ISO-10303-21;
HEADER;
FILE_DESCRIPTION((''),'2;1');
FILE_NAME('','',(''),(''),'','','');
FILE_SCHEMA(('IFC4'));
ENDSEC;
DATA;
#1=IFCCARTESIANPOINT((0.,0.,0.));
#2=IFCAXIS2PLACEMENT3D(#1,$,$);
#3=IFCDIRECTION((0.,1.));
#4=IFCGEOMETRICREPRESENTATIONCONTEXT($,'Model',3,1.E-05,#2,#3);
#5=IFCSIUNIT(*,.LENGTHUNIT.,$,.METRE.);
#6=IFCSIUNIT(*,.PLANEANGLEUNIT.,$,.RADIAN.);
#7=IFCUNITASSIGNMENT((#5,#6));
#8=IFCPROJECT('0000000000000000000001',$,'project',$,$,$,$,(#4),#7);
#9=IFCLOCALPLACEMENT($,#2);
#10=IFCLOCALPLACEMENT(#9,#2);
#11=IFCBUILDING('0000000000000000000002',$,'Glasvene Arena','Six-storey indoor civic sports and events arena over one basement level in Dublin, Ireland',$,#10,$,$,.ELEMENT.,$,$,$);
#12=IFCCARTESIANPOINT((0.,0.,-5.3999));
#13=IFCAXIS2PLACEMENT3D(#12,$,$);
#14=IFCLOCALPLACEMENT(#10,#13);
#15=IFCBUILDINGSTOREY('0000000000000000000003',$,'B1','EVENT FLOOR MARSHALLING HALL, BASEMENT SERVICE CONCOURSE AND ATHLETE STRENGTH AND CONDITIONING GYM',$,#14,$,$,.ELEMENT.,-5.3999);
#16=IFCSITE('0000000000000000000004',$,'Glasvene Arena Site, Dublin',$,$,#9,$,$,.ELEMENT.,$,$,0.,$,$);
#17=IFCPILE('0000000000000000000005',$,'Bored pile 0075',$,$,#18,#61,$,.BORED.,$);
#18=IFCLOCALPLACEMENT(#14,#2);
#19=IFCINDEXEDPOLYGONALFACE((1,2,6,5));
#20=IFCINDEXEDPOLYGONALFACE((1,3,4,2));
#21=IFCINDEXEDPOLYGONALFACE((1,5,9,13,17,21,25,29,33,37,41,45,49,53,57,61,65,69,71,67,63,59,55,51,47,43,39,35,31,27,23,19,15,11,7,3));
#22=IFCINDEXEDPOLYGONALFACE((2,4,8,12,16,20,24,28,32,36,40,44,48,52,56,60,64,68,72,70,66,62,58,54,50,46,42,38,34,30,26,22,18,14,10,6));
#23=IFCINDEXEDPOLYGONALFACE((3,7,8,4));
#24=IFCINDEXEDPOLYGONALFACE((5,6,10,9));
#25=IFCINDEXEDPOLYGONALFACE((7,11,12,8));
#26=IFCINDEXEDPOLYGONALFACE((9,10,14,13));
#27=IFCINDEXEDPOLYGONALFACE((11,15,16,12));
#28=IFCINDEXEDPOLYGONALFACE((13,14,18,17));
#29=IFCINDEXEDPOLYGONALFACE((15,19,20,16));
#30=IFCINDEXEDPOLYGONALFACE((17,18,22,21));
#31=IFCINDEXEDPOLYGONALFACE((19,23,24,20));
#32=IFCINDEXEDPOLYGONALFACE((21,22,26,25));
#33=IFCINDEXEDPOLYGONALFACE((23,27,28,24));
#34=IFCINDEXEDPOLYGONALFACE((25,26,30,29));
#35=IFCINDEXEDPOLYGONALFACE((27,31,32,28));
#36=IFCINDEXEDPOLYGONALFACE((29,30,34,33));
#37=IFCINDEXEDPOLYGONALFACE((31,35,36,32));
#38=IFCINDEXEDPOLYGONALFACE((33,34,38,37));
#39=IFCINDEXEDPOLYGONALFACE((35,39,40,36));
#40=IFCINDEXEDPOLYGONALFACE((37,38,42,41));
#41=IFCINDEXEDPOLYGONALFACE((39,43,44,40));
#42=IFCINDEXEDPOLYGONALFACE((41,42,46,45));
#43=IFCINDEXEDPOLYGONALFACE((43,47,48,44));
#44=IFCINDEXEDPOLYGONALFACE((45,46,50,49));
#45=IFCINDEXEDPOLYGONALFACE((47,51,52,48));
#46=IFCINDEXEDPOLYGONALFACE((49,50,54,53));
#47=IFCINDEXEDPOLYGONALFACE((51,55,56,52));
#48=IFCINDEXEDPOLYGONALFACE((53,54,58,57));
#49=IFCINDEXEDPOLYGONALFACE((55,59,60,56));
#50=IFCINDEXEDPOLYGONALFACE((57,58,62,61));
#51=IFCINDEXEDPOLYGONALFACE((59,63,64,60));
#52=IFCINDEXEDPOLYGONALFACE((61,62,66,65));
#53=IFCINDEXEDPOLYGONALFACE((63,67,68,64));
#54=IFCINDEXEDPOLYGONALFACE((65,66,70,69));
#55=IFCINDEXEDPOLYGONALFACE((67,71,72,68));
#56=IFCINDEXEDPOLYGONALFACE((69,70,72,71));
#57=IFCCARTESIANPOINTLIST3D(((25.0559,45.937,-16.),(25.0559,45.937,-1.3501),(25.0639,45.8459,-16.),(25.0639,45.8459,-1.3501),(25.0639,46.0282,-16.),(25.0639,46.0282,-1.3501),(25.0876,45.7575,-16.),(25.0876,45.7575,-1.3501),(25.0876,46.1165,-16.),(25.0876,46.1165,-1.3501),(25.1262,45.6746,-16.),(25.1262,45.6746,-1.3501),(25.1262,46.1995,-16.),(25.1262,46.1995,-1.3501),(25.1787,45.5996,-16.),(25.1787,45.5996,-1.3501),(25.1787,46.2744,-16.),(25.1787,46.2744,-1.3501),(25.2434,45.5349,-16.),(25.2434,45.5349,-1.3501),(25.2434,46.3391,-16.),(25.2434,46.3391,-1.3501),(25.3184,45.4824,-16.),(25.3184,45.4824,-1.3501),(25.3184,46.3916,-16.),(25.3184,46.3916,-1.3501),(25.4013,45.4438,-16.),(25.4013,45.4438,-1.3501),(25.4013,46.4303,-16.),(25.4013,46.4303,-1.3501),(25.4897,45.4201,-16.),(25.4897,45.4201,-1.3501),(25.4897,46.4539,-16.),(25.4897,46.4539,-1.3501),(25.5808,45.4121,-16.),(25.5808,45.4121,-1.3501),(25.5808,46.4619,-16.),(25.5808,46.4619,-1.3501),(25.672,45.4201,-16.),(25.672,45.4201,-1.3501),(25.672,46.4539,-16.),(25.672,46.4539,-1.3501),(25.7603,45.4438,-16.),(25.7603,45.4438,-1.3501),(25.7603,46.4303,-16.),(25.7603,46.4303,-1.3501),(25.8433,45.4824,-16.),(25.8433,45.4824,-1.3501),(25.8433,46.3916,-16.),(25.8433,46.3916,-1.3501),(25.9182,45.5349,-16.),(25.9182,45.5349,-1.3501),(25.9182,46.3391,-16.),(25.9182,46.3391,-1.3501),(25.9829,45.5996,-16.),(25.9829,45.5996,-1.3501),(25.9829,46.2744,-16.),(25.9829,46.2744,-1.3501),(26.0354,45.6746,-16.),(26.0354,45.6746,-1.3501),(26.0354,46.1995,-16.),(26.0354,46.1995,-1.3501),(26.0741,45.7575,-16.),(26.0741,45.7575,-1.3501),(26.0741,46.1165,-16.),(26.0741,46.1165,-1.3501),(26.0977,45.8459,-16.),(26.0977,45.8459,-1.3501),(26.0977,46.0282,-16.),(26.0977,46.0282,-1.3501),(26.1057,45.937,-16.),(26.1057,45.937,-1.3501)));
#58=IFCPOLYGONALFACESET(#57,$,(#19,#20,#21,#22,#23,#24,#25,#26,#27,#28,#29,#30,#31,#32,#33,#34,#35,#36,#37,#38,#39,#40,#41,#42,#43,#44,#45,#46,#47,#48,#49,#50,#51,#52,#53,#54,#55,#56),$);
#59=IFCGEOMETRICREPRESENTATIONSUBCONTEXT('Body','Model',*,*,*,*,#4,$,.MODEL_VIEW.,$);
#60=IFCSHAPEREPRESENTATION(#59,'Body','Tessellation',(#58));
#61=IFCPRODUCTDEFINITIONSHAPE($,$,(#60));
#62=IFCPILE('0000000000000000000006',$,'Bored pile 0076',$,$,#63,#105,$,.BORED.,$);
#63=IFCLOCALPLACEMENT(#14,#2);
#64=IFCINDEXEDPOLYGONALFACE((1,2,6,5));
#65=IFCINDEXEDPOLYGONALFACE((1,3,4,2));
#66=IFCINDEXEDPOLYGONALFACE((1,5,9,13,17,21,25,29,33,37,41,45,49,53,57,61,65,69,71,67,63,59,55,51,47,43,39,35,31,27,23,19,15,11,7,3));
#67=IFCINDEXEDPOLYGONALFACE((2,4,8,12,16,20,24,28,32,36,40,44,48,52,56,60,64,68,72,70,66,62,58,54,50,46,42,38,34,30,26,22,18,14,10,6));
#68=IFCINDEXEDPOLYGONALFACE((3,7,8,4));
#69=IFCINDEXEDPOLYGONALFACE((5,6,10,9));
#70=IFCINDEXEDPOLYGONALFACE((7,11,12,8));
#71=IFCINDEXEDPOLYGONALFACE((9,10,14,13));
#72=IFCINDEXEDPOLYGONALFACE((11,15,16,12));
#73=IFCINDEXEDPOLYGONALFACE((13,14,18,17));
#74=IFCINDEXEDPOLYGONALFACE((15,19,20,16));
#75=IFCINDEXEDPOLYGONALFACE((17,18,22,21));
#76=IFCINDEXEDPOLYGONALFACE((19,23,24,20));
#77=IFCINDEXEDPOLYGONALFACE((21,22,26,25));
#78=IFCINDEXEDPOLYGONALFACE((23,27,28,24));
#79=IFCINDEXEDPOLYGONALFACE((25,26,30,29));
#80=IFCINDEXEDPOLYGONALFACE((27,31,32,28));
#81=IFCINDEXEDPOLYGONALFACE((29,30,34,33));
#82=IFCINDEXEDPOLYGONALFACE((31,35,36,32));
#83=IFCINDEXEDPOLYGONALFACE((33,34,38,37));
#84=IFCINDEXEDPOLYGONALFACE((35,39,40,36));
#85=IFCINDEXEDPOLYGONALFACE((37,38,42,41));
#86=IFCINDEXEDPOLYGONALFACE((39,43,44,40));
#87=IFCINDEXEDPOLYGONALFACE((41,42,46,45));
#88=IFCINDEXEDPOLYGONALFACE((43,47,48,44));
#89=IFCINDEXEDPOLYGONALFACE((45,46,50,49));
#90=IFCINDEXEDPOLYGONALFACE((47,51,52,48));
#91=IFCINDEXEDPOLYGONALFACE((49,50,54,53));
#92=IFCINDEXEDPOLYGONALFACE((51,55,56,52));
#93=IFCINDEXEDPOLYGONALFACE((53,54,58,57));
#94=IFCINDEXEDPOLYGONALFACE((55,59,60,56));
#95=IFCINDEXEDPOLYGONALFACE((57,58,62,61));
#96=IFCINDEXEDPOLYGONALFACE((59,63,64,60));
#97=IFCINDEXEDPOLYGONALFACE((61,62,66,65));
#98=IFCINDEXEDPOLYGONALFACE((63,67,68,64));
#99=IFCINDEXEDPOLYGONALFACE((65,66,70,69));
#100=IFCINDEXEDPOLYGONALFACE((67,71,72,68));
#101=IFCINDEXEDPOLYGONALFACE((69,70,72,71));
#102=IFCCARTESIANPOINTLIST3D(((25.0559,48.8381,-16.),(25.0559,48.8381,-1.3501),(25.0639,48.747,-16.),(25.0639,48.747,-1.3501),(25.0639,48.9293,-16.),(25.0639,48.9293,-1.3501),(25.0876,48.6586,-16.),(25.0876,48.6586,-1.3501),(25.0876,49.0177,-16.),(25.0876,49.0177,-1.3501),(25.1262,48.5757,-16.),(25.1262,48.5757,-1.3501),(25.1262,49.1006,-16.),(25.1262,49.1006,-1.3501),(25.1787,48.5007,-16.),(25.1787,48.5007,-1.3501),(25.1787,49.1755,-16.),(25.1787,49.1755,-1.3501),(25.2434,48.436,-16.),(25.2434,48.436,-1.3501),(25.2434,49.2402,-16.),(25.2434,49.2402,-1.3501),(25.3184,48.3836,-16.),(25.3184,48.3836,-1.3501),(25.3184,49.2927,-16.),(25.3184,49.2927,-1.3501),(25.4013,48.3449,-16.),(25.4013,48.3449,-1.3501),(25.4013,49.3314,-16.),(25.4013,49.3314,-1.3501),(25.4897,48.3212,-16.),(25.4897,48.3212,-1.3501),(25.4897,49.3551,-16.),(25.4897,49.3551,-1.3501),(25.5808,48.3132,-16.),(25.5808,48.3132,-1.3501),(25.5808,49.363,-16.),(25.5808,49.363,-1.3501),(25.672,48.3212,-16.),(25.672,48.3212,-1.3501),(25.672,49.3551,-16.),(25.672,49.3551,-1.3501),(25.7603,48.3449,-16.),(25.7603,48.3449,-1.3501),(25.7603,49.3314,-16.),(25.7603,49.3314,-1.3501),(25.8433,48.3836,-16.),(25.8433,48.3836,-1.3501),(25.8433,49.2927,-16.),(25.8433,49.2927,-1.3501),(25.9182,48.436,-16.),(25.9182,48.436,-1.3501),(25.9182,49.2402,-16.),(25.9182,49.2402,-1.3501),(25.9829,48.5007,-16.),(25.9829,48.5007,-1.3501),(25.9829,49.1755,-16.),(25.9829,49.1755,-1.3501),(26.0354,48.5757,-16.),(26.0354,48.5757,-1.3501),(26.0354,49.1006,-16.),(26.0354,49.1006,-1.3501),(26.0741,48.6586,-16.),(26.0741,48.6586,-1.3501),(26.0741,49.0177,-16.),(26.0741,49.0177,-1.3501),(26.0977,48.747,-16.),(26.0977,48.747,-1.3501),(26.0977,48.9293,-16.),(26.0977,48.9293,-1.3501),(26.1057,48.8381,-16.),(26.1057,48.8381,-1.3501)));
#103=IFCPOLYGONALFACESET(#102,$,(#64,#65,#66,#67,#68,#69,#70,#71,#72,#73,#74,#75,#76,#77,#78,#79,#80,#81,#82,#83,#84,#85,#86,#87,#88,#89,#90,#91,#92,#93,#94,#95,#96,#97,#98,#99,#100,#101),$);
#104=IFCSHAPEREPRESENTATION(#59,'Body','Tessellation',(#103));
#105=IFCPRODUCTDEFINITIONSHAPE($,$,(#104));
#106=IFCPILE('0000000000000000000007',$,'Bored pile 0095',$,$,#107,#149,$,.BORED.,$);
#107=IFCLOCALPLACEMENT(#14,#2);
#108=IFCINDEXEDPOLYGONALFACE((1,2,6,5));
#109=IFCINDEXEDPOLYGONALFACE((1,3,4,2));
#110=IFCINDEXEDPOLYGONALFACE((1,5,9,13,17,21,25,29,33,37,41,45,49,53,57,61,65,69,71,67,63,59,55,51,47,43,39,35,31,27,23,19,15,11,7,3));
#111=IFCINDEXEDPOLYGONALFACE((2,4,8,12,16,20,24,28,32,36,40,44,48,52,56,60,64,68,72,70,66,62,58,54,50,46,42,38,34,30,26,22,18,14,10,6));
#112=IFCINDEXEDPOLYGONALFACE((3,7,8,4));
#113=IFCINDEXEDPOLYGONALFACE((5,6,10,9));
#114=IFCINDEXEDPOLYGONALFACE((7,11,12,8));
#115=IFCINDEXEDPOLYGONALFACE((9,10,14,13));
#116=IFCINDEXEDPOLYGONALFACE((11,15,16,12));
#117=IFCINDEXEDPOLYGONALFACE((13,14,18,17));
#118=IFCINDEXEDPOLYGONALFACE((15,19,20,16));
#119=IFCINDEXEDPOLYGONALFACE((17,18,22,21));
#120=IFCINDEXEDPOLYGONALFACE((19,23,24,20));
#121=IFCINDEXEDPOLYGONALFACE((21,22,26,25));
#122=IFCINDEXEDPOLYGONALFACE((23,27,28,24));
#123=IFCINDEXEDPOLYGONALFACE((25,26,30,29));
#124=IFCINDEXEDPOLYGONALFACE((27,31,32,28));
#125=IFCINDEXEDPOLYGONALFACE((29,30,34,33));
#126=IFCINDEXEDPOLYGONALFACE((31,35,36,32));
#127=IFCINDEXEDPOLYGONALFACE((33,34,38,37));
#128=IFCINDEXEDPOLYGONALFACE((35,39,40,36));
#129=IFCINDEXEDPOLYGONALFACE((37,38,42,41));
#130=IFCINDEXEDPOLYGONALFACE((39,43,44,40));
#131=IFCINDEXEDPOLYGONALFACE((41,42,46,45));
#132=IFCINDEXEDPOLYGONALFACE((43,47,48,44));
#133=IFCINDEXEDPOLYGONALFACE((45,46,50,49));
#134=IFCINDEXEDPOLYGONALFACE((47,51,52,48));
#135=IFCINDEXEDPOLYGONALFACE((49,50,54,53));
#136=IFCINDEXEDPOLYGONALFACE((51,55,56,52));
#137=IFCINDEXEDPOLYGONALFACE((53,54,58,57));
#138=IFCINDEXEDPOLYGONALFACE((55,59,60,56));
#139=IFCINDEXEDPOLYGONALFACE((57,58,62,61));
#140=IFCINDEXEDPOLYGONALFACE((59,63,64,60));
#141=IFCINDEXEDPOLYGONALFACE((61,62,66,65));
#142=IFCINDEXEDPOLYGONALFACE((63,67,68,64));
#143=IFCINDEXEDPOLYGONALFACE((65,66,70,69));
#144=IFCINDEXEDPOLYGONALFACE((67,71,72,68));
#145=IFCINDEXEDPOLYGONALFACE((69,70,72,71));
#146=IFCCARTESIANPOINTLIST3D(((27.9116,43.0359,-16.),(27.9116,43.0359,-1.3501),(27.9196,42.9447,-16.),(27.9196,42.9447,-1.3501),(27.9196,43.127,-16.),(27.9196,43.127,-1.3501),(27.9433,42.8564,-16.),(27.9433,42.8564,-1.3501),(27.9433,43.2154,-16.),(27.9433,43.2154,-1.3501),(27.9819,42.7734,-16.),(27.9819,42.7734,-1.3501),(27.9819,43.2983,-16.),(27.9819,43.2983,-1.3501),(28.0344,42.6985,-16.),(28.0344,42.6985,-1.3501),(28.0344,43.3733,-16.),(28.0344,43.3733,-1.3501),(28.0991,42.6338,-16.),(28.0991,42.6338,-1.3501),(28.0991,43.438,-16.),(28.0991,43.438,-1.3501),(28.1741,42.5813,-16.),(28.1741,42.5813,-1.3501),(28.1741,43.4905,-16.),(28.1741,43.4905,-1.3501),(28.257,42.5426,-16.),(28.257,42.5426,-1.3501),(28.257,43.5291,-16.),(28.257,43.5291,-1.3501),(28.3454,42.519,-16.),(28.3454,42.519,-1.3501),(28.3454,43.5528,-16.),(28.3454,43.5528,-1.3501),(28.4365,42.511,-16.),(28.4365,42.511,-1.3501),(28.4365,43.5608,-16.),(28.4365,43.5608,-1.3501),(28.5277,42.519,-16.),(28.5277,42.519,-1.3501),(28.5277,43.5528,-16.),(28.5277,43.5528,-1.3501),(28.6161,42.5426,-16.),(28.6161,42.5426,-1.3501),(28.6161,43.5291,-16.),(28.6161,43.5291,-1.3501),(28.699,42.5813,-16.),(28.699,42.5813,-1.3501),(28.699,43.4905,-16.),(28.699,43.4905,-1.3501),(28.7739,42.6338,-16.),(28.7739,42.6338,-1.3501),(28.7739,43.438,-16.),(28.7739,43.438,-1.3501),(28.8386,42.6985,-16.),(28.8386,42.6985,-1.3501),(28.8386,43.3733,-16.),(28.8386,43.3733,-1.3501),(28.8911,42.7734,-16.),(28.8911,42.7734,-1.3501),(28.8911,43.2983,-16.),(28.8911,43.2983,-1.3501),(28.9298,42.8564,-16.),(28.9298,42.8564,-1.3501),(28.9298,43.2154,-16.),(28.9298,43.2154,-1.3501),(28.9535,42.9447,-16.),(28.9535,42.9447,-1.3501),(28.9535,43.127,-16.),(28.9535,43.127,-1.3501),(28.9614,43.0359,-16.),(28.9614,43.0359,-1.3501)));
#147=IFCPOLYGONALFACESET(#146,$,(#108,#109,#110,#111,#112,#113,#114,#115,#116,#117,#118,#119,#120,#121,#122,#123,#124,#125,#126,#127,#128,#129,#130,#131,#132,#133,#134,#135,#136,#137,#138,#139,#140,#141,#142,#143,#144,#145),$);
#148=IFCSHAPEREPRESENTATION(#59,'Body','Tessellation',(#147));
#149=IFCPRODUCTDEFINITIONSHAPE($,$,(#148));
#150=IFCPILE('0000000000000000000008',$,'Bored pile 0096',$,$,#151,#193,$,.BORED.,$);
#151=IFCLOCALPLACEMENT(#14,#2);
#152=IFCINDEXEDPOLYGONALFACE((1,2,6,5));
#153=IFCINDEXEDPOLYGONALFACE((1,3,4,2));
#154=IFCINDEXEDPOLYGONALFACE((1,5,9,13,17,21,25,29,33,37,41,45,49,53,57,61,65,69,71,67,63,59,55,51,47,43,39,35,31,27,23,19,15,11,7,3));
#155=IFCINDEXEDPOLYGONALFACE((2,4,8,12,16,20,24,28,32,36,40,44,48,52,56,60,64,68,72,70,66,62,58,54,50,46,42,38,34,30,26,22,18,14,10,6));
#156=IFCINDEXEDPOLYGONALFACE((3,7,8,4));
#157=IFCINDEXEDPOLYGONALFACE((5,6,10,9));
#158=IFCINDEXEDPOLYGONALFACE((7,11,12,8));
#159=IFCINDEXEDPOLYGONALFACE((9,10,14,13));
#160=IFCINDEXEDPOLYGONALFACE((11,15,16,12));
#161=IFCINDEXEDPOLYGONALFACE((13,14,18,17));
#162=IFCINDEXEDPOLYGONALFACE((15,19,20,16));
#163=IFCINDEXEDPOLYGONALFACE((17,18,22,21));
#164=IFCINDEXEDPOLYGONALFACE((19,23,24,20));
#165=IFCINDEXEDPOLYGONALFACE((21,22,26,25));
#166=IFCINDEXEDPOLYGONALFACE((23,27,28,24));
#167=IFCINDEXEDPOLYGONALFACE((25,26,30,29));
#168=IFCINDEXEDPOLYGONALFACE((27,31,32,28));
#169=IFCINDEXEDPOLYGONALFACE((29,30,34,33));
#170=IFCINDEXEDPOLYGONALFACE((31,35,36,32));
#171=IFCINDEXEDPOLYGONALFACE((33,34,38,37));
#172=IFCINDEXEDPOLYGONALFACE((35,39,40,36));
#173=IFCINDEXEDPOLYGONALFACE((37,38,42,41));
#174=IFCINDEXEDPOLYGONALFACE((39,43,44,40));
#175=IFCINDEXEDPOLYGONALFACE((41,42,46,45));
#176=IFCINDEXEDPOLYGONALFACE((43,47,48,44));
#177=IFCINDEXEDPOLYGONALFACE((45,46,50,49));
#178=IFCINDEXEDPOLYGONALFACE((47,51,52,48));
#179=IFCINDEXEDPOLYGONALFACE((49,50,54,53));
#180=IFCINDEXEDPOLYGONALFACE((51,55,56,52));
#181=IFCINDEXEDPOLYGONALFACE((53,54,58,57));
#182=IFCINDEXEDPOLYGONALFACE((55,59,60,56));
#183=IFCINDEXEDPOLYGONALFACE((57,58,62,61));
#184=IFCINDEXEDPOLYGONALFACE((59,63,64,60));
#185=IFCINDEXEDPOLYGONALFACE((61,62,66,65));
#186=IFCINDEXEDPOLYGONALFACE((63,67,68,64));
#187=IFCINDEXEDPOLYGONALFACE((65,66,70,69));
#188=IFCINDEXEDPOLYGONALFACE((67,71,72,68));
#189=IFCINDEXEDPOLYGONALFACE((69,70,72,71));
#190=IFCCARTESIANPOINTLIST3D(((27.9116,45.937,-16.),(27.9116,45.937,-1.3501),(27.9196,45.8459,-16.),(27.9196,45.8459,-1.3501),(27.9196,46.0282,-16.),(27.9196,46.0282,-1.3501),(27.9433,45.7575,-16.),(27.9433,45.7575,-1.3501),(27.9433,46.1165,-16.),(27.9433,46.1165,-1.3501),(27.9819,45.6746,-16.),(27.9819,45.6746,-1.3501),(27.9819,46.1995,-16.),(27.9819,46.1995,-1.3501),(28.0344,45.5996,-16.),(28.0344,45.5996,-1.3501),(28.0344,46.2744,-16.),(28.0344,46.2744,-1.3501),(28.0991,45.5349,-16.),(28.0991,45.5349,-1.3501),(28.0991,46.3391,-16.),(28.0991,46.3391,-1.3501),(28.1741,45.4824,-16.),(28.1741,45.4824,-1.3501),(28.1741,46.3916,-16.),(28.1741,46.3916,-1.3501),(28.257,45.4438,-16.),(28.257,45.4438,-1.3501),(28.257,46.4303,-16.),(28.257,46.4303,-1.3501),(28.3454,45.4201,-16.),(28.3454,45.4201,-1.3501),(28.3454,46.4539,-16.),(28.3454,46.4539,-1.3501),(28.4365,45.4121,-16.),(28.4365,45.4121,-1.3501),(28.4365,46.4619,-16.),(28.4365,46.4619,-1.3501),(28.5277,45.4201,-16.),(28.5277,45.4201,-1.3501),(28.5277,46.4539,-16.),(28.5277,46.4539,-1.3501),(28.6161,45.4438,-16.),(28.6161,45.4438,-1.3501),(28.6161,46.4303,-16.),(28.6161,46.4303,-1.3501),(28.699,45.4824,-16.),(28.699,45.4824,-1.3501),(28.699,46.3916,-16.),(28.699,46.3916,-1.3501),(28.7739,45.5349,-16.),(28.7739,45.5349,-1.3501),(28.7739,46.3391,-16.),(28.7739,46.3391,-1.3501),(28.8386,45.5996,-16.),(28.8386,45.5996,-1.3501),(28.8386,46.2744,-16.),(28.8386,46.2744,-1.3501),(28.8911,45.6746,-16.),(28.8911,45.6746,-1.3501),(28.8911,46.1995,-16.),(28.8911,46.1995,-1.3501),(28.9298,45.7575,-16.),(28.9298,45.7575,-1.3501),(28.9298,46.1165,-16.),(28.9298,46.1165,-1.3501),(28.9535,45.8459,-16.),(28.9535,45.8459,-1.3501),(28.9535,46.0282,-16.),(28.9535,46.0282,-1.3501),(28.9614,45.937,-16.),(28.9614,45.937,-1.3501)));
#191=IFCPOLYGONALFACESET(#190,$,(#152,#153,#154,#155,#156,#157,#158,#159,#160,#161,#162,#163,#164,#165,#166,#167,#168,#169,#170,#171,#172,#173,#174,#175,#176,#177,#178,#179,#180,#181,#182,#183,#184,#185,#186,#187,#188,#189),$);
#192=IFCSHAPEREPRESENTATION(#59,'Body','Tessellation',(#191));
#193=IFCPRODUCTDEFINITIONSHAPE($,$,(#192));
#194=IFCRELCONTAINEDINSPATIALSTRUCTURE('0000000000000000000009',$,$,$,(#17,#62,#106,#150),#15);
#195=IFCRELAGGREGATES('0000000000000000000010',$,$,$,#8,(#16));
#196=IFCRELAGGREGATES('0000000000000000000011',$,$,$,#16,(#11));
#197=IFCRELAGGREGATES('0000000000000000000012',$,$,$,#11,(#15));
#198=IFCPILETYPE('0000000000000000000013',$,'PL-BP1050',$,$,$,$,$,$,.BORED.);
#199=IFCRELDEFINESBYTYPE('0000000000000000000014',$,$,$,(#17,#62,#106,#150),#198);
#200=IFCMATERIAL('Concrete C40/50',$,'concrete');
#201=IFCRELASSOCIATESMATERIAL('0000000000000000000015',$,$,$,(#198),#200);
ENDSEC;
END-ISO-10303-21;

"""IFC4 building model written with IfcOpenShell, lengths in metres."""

from ifc_helpers import new_model, si_unit, direction, frame, origin, origin_2d, place, context, subcontext, project, spatial, circle, extrude, material, material_profile, profile_set, type_object, element, save


model = new_model("IFC4")

# Units and contexts
model_context = context("Model", 3, precision=1e-05, world=origin(), true_north=direction((0.0, 1.0)))
body_context = subcontext(model_context, "Body", "Model", "MODEL_VIEW")
ifc_project = project(units=[si_unit("LENGTHUNIT", "METRE"), si_unit("PLANEANGLEUNIT", "RADIAN")], contexts=[model_context])

# Site, building, storey
site_placement = place(None, origin())
site = spatial("IfcSite", under=ifc_project, at=site_placement, Name="Glasvene Arena Site, Dublin", CompositionType="ELEMENT", RefElevation=0.0)
building_placement = place(site_placement, origin())
building = spatial("IfcBuilding", under=site, at=building_placement, Name="Glasvene Arena", Description="Six-storey indoor civic sports and events arena over one basement level in Dublin, Ireland", CompositionType="ELEMENT")
storey_placement = place(building_placement, frame((0.0, 0.0, -5.3999)))
storey = spatial("IfcBuildingStorey", under=building, at=storey_placement, Name="B1", Description="EVENT FLOOR MARSHALLING HALL, BASEMENT SERVICE CONCOURSE AND ATHLETE STRENGTH AND CONDITIONING GYM", CompositionType="ELEMENT", Elevation=-5.3999)

# Shared definitions
ifc_material_1 = material(Name="Concrete C40/50", Category="concrete")

# Piles
ifc_material_profile_1 = material_profile(ifc_material_1, circle(Radius=0.5249, at=origin_2d()), Name="BORED PILE 1050")
ifc_profile_set_1 = profile_set([ifc_material_profile_1], Name="Concrete C40/50")
pile_type = type_object("IfcPileType", Name="PL-BP1050", PredefinedType="BORED", material=ifc_profile_set_1)
for number, where, z_axis, x_axis, name in (
    (1, (25.5808, 45.937, -1.3501), (0.0, 0.0, -1.0), (1.0, 0.0, 0.0), "Bored pile 0075"),
    (2, (25.5808, 48.8381, -1.3501), (0.0, 0.0, -1.0), (1.0, 0.0, 0.0), "Bored pile 0076"),
    (3, (28.4365, 43.0359, -1.3501), (0.0, 0.0, -1.0), (1.0, 0.0, 0.0), "Bored pile 0095"),
    (4, (28.4365, 45.937, -1.3501), (0.0, 0.0, -1.0), (1.0, 0.0, 0.0), "Bored pile 0096"),
):
    element("IfcPile", number, at=place(storey_placement, frame(where, z_axis=z_axis, x_axis=x_axis)), inside=storey, type_object=pile_type, Name=name, PredefinedType="BORED", context=body_context, shape_type="SweptSolid", body=[
        extrude(circle(Radius=0.5249, at=origin_2d()), origin(), (0.0, 0.0, 1.0), 14.6499),
    ])

save(model, "model.ifc")
